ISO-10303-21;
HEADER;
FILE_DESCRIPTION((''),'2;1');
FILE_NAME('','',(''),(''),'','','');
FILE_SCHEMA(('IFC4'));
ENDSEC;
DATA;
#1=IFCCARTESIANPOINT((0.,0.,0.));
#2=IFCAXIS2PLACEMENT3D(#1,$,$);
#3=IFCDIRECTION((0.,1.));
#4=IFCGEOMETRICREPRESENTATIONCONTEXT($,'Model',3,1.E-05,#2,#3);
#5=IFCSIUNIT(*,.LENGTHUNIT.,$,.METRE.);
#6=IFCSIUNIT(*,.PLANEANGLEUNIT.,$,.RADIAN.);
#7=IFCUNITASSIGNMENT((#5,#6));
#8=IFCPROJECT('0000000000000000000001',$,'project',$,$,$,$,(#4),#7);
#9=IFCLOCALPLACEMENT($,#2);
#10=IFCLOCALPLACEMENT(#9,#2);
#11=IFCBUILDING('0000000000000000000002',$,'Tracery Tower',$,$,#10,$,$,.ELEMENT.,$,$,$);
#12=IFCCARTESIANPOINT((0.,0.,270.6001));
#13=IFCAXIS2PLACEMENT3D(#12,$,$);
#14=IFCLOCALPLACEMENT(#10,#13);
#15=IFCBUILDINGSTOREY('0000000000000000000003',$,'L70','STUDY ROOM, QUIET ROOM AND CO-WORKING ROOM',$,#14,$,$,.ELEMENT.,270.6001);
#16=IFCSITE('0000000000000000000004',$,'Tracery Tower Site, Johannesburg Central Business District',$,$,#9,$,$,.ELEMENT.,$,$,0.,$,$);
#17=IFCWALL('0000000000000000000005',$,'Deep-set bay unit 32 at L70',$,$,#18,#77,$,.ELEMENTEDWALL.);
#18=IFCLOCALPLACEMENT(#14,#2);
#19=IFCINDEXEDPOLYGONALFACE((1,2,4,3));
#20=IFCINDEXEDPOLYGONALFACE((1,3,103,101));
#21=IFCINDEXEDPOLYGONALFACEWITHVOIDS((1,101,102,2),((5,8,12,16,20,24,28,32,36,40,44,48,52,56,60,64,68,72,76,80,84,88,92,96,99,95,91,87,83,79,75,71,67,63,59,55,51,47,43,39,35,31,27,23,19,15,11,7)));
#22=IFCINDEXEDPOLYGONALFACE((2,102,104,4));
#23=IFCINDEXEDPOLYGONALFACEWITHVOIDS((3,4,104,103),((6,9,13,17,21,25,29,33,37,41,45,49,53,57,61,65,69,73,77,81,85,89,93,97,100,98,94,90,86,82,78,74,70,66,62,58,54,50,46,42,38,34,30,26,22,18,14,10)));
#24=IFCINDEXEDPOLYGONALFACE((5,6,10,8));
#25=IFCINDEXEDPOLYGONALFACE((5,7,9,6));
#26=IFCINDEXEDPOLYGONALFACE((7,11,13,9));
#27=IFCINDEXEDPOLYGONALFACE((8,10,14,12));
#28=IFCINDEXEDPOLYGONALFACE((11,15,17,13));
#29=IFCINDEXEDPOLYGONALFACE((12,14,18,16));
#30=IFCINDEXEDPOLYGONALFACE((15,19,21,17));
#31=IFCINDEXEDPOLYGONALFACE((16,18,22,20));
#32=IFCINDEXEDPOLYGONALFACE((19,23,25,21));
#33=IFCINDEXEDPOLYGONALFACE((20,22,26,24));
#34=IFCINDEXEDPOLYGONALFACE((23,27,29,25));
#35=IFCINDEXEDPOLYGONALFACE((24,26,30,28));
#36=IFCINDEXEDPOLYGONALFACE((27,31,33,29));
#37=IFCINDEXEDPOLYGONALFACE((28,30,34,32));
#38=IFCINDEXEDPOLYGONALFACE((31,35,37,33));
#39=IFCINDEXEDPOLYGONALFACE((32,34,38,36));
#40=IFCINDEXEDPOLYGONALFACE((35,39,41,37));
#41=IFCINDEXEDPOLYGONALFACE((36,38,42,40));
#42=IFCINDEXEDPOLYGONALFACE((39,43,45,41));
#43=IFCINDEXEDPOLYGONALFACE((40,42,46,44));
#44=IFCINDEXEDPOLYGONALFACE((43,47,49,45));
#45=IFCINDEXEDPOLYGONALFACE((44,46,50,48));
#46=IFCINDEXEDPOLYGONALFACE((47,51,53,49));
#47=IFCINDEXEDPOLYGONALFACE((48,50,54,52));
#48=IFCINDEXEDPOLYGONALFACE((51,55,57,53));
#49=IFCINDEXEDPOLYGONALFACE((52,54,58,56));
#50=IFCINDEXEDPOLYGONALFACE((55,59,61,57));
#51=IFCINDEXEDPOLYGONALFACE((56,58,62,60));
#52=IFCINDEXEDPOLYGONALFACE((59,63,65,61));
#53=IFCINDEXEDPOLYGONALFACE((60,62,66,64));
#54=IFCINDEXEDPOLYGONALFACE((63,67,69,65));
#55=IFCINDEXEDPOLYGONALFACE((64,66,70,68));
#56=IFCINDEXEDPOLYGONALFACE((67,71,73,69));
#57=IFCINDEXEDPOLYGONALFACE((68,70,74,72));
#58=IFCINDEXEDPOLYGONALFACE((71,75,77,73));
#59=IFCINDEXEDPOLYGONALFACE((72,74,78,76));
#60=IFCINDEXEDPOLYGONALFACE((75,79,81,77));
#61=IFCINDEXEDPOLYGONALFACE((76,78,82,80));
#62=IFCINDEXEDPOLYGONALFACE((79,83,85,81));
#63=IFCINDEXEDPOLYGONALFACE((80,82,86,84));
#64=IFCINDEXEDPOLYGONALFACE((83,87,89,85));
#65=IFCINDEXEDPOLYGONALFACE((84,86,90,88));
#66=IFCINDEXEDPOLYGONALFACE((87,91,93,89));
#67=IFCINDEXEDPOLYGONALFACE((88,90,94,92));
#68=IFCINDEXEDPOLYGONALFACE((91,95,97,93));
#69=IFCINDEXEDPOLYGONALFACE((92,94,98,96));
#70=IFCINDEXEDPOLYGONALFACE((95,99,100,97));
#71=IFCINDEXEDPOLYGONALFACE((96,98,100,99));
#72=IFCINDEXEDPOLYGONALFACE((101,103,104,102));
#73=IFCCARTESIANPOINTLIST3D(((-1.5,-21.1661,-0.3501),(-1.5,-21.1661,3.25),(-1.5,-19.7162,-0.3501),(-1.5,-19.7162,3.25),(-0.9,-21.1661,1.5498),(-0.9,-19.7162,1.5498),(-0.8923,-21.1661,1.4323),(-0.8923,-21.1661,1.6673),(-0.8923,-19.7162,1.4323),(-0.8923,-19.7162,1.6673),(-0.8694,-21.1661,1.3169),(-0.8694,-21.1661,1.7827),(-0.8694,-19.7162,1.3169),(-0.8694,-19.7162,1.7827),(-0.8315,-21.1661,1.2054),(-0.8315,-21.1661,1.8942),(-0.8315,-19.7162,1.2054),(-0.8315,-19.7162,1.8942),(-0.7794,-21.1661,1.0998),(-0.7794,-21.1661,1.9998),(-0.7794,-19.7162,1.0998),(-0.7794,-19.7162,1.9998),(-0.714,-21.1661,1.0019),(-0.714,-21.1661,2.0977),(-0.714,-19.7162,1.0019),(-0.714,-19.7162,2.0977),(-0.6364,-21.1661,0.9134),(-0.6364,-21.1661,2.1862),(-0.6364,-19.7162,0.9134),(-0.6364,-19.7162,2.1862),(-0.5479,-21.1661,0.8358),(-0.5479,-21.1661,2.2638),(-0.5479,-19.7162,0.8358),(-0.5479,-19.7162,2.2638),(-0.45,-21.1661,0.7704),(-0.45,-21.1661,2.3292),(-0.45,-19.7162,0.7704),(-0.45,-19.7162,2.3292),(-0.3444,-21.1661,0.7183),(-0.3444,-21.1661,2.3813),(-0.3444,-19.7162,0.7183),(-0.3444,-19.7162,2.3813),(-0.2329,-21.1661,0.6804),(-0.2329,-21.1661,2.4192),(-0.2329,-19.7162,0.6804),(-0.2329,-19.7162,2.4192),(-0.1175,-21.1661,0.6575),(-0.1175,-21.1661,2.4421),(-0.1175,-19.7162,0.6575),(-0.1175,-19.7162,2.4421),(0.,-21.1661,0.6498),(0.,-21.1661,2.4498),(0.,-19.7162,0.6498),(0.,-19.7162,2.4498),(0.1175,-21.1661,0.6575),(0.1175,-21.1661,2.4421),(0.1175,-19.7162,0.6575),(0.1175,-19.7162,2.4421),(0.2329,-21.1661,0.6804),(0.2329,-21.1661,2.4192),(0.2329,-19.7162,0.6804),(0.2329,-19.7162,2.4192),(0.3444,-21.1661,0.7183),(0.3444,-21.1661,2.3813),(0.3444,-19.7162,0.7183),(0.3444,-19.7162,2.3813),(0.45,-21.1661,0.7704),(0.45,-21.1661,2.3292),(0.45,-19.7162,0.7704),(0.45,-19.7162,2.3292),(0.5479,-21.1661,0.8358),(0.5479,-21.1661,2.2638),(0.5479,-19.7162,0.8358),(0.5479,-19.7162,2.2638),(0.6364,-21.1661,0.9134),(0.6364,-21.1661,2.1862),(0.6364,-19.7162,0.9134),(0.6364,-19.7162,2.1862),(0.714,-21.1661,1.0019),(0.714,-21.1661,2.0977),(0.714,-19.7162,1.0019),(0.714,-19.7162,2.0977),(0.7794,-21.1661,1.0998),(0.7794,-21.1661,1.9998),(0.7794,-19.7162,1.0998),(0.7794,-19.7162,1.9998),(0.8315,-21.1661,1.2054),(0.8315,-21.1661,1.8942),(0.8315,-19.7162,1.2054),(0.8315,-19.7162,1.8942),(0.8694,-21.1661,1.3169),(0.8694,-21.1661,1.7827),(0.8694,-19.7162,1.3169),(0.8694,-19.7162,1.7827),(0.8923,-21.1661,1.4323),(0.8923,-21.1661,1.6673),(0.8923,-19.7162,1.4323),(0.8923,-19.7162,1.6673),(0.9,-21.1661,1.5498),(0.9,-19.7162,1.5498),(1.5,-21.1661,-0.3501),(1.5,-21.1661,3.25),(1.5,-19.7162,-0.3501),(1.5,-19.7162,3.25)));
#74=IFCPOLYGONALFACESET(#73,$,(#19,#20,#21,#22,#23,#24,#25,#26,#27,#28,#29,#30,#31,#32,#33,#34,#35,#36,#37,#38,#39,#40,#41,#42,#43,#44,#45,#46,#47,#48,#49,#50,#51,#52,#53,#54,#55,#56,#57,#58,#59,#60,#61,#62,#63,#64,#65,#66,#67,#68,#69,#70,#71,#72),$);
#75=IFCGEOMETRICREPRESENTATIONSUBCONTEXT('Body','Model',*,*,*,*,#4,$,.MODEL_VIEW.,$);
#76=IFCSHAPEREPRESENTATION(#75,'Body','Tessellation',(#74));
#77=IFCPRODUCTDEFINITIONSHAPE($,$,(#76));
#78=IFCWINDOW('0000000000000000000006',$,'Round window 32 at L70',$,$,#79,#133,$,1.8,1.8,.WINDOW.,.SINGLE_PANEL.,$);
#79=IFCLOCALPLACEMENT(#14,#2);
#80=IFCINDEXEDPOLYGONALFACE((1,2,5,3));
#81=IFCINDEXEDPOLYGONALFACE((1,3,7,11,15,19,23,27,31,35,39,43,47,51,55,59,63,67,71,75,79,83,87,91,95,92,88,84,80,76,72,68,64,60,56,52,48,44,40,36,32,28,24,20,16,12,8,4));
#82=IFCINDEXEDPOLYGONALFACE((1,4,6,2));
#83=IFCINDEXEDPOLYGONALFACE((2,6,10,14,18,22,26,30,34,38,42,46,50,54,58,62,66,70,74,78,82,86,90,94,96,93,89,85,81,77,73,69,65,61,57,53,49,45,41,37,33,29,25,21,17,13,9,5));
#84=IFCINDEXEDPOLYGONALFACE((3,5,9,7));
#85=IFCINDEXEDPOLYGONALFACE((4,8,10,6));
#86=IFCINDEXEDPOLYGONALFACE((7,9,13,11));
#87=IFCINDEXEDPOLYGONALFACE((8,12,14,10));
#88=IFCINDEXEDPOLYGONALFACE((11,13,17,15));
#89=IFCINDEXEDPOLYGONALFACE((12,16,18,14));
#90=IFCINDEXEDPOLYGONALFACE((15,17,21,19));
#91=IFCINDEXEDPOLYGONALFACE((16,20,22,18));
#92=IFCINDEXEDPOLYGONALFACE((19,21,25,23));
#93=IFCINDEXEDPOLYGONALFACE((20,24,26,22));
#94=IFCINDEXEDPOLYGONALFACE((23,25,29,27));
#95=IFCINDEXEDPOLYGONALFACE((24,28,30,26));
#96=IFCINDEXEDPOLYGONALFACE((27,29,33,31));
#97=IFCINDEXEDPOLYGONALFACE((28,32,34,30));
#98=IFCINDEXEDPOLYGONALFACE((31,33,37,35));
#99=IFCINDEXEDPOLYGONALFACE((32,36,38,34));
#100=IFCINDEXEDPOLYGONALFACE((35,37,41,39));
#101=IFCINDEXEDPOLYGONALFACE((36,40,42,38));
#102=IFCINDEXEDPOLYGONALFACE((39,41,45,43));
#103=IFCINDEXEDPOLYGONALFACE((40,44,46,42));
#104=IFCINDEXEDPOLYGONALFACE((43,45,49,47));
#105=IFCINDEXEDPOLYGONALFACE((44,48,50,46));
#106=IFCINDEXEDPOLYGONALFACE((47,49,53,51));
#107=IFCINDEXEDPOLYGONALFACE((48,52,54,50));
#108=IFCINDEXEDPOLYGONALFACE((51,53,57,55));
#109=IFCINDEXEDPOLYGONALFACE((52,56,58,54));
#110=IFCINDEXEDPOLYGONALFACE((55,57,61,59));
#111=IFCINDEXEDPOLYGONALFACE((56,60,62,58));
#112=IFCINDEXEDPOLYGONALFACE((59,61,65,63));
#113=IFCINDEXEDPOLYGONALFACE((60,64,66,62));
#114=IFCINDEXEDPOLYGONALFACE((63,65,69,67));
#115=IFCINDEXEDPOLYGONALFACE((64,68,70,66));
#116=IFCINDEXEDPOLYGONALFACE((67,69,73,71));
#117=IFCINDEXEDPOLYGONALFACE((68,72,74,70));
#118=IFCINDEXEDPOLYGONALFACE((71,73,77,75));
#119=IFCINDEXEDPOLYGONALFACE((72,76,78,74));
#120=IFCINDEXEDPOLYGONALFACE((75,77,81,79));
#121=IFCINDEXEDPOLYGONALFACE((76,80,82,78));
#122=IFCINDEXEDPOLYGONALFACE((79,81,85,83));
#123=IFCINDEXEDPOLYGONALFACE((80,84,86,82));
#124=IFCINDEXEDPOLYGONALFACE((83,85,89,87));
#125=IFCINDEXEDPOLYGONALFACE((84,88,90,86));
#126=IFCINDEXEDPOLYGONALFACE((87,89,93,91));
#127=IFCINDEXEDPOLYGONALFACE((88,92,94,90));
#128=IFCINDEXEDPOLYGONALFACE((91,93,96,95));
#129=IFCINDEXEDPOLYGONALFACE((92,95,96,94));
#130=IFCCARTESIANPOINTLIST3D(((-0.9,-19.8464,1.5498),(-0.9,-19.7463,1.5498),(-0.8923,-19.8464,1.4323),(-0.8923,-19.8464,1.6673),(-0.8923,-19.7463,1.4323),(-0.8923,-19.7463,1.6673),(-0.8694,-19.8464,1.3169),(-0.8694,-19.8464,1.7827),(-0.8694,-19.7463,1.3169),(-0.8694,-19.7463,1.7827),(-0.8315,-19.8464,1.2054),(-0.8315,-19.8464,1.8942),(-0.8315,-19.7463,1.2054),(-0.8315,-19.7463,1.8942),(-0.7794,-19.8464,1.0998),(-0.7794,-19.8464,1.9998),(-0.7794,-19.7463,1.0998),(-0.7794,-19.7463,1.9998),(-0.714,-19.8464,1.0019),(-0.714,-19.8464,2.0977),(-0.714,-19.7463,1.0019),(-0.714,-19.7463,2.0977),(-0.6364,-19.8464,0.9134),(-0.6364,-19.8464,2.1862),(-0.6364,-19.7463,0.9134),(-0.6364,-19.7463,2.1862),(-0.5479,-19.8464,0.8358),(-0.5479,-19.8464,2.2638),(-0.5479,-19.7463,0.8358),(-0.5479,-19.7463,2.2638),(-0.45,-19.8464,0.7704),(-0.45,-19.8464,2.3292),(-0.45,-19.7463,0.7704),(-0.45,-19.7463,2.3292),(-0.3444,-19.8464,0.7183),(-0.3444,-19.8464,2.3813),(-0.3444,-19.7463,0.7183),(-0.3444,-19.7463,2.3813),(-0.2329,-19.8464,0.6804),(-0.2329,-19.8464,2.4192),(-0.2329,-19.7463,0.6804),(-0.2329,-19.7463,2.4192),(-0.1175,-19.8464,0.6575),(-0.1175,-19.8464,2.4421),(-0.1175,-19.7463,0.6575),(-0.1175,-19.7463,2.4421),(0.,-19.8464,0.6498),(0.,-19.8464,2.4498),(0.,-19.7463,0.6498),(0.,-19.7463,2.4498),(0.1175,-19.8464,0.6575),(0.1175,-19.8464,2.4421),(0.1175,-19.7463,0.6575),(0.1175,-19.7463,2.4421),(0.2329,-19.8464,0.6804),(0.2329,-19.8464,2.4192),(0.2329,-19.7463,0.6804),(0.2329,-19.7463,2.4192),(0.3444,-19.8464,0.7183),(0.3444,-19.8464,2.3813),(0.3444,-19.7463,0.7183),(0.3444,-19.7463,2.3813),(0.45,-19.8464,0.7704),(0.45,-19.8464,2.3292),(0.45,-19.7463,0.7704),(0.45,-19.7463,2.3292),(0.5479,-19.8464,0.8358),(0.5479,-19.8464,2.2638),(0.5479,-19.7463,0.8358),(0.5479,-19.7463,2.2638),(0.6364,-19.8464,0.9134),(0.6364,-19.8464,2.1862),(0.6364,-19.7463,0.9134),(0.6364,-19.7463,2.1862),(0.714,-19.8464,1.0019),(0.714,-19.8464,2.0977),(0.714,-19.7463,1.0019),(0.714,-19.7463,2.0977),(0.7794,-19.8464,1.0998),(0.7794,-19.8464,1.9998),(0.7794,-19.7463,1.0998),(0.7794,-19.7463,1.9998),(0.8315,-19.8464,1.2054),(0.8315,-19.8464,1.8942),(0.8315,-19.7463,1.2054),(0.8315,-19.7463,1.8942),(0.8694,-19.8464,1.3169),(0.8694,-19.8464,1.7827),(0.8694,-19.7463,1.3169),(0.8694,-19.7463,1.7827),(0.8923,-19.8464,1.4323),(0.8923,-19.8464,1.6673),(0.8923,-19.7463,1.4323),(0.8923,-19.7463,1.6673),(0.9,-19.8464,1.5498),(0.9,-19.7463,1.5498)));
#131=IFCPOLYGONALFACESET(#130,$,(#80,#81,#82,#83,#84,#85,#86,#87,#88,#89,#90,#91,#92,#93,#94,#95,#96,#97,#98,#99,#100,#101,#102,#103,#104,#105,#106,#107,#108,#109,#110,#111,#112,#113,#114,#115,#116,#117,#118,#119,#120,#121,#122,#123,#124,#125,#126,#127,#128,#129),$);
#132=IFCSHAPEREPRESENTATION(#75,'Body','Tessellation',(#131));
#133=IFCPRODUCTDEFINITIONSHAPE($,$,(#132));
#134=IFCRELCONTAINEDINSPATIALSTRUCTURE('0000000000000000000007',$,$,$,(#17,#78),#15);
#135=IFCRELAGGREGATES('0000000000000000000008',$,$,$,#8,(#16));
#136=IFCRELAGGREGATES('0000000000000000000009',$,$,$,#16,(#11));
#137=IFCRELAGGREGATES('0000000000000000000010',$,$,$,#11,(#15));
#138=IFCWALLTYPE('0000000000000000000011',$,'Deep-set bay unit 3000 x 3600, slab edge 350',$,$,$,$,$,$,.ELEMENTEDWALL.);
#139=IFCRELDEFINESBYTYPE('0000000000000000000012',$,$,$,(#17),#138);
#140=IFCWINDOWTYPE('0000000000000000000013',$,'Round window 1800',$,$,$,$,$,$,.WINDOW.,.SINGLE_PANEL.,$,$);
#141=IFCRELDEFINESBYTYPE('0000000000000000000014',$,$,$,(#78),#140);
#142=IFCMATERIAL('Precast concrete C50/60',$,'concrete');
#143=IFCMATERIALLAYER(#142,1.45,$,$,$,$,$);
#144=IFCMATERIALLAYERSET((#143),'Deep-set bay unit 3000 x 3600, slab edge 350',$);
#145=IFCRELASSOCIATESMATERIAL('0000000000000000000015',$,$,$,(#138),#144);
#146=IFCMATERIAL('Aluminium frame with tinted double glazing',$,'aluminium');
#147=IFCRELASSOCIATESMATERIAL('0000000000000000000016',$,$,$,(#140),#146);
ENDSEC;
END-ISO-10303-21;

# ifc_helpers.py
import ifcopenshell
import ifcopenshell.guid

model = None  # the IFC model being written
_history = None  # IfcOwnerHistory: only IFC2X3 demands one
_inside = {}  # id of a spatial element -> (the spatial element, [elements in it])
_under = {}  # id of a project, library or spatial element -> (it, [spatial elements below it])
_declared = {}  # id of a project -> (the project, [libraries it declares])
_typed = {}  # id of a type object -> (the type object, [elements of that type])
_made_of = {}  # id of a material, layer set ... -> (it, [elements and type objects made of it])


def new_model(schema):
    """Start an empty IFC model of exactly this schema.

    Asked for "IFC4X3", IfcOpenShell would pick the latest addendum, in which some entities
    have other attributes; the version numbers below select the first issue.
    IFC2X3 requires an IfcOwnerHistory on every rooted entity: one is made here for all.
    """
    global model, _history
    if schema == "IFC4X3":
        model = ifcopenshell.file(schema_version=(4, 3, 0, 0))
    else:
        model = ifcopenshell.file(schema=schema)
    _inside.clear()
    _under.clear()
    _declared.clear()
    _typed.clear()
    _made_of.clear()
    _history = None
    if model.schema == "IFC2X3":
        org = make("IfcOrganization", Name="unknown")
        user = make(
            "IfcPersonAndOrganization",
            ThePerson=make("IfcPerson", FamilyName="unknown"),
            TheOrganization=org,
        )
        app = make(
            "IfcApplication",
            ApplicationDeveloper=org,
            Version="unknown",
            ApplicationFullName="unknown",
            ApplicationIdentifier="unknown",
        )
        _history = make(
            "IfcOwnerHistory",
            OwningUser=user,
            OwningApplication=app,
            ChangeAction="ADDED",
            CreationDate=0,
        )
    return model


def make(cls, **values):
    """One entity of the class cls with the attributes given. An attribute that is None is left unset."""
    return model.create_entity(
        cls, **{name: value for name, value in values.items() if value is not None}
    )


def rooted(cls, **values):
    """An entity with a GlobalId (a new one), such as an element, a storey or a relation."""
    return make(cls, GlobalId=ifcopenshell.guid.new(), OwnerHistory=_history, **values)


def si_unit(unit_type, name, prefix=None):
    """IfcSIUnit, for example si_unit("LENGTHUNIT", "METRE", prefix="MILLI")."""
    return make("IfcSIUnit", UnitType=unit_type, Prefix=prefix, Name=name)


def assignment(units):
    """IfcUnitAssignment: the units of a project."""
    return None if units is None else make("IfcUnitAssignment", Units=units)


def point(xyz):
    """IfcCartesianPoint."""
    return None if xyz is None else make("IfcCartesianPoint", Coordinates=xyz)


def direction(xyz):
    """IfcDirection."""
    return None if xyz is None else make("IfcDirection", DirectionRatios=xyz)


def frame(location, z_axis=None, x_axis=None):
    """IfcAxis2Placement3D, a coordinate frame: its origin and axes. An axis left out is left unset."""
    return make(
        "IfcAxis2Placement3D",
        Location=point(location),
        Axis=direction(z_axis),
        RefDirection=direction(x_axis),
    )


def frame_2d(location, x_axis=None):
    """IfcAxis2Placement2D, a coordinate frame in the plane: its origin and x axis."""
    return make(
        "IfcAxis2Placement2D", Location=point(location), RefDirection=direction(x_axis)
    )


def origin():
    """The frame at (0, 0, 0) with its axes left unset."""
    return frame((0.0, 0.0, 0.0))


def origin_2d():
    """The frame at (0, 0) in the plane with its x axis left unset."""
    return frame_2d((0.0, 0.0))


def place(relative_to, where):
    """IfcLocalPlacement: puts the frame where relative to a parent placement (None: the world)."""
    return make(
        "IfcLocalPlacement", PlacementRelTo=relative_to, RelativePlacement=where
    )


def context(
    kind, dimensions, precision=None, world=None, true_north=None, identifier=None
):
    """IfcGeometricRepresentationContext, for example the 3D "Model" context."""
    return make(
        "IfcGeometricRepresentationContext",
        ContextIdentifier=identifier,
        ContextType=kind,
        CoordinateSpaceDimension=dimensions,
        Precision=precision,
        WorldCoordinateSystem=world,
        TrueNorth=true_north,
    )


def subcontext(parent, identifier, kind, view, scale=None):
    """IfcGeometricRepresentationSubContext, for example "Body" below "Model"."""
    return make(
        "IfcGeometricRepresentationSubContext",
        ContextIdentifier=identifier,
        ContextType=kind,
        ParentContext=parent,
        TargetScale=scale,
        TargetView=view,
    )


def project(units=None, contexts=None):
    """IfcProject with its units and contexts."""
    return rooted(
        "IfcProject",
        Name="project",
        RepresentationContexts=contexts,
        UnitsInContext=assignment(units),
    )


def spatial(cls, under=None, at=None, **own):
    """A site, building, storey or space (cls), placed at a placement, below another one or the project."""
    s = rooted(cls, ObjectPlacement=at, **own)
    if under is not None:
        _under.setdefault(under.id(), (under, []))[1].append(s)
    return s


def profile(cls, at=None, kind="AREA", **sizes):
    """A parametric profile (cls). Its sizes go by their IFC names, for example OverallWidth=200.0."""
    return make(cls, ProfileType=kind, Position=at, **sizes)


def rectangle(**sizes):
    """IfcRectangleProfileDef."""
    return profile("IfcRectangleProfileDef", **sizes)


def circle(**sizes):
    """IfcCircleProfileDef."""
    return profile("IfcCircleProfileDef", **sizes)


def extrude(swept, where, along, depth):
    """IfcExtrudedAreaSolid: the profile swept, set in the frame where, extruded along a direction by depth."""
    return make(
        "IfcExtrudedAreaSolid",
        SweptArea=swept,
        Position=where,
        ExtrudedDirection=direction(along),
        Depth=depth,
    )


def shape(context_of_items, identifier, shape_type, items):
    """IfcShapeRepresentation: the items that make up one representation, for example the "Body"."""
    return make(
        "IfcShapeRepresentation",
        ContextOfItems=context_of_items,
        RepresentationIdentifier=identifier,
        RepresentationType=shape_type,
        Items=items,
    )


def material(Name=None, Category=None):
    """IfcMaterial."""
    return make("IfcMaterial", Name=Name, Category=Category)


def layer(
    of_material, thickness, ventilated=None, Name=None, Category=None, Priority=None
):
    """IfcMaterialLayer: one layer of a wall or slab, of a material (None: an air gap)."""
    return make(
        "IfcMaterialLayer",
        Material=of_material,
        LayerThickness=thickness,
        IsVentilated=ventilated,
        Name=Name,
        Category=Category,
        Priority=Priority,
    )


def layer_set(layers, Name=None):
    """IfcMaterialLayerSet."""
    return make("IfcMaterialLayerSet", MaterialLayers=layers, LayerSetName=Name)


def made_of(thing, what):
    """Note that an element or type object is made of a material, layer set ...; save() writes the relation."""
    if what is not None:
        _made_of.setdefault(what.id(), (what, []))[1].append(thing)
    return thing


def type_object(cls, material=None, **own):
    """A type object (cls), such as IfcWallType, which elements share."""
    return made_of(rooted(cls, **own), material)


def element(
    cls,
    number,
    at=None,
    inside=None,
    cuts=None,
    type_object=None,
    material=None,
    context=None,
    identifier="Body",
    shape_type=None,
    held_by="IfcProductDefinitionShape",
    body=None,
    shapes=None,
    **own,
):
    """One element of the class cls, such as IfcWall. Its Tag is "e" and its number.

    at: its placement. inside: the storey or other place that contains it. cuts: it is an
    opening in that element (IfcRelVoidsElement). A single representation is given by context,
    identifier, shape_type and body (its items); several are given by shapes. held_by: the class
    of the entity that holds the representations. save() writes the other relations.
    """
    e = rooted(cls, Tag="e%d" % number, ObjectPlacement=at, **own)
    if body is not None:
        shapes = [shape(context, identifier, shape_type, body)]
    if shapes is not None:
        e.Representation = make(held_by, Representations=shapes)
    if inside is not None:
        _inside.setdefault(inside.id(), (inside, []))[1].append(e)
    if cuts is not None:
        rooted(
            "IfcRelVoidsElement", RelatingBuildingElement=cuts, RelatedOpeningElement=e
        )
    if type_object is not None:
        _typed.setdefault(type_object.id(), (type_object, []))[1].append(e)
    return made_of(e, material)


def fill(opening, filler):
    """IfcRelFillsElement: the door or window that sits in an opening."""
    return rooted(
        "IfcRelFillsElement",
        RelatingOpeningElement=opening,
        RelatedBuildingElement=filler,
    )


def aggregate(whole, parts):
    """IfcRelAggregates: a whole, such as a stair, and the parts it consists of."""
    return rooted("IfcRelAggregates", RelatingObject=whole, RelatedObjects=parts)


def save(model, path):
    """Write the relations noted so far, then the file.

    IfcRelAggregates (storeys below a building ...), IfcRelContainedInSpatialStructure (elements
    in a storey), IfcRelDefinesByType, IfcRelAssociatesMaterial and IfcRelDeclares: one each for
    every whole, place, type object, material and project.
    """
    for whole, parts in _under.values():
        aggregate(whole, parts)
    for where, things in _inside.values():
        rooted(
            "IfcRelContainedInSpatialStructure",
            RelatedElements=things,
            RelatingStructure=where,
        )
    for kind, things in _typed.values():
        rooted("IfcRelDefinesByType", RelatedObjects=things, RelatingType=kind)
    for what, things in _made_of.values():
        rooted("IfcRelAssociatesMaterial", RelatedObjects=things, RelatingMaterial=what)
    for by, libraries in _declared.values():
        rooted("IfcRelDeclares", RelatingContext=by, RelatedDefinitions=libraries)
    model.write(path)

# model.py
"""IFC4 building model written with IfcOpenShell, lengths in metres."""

from ifc_helpers import new_model, si_unit, direction, frame, frame_2d, origin, origin_2d, place, context, subcontext, project, spatial, rectangle, circle, extrude, material, layer, layer_set, type_object, element, fill, save


model = new_model("IFC4")

# Units and contexts
model_context = context("Model", 3, precision=1e-05, world=origin(), true_north=direction((0.0, 1.0)))
body_context = subcontext(model_context, "Body", "Model", "MODEL_VIEW")
ifc_project = project(units=[si_unit("LENGTHUNIT", "METRE"), si_unit("PLANEANGLEUNIT", "RADIAN")], contexts=[model_context])

# Site, building, storey
site_placement = place(None, origin())
site = spatial("IfcSite", under=ifc_project, at=site_placement, Name="Tracery Tower Site, Johannesburg Central Business District", CompositionType="ELEMENT", RefElevation=0.0)
building_placement = place(site_placement, origin())
building = spatial("IfcBuilding", under=site, at=building_placement, Name="Tracery Tower", CompositionType="ELEMENT")
storey_placement = place(building_placement, frame((0.0, 0.0, 270.6001)))
storey = spatial("IfcBuildingStorey", under=building, at=storey_placement, Name="L70", Description="STUDY ROOM, QUIET ROOM AND CO-WORKING ROOM", CompositionType="ELEMENT", Elevation=270.6001)

# Wall, opening, window
ifc_material_1 = material(Name="Precast concrete C50/60", Category="concrete")
ifc_layer_1 = layer(ifc_material_1, 1.45)
ifc_layer_set_1 = layer_set([ifc_layer_1], Name="Deep-set bay unit 3000 x 3600, slab edge 350")
wall_type_1 = type_object("IfcWallType", Name="Deep-set bay unit 3000 x 3600, slab edge 350", PredefinedType="ELEMENTEDWALL", material=ifc_layer_set_1)
wall_1_placement = place(storey_placement, frame((-1.5, -20.4412, -0.3501), z_axis=(0.0, 0.0, 1.0), x_axis=(1.0, 0.0, 0.0)))
wall_1 = element("IfcWall", 1, at=wall_1_placement, inside=storey, type_object=wall_type_1, Name="Deep-set bay unit 32 at L70", PredefinedType="ELEMENTEDWALL", context=body_context, shape_type="SweptSolid", body=[
    extrude(rectangle(XDim=3.0, YDim=1.45, at=frame_2d((1.5, 0.0))), origin(), (0.0, 0.0, 1.0), 3.6001),
])
opening_1_placement = place(wall_1_placement, frame((1.5, 0.0, 1.8999)))
opening_1 = element("IfcOpeningElement", 2, at=opening_1_placement, cuts=wall_1, PredefinedType="OPENING", context=body_context, shape_type="SweptSolid", body=[
    extrude(circle(Radius=0.9, at=origin_2d()), frame((0.0, 0.7349, 0.0), z_axis=(0.0, -1.0, 0.0), x_axis=(1.0, 0.0, 0.0)), (0.0, 0.0, 1.0), 1.47),
])
ifc_material_2 = material(Name="Aluminium frame with tinted double glazing", Category="aluminium")
window_type = type_object("IfcWindowType", Name="Round window 1800", PartitioningType="SINGLE_PANEL", PredefinedType="WINDOW", material=ifc_material_2)
window_1_placement = place(opening_1_placement, origin())
window_1 = element("IfcWindow", 3, at=window_1_placement, inside=storey, type_object=window_type, Name="Round window 32 at L70", OverallHeight=1.8, OverallWidth=1.8, PartitioningType="SINGLE_PANEL", PredefinedType="WINDOW", context=body_context, shape_type="SweptSolid", body=[
    extrude(circle(Radius=0.9, at=origin_2d()), frame((0.0, 0.6948, 0.0), z_axis=(0.0, -1.0, 0.0), x_axis=(1.0, 0.0, 0.0)), (0.0, 0.0, 1.0), 0.1001),
])
fill(opening_1, window_1)

save(model, "model.ifc")
